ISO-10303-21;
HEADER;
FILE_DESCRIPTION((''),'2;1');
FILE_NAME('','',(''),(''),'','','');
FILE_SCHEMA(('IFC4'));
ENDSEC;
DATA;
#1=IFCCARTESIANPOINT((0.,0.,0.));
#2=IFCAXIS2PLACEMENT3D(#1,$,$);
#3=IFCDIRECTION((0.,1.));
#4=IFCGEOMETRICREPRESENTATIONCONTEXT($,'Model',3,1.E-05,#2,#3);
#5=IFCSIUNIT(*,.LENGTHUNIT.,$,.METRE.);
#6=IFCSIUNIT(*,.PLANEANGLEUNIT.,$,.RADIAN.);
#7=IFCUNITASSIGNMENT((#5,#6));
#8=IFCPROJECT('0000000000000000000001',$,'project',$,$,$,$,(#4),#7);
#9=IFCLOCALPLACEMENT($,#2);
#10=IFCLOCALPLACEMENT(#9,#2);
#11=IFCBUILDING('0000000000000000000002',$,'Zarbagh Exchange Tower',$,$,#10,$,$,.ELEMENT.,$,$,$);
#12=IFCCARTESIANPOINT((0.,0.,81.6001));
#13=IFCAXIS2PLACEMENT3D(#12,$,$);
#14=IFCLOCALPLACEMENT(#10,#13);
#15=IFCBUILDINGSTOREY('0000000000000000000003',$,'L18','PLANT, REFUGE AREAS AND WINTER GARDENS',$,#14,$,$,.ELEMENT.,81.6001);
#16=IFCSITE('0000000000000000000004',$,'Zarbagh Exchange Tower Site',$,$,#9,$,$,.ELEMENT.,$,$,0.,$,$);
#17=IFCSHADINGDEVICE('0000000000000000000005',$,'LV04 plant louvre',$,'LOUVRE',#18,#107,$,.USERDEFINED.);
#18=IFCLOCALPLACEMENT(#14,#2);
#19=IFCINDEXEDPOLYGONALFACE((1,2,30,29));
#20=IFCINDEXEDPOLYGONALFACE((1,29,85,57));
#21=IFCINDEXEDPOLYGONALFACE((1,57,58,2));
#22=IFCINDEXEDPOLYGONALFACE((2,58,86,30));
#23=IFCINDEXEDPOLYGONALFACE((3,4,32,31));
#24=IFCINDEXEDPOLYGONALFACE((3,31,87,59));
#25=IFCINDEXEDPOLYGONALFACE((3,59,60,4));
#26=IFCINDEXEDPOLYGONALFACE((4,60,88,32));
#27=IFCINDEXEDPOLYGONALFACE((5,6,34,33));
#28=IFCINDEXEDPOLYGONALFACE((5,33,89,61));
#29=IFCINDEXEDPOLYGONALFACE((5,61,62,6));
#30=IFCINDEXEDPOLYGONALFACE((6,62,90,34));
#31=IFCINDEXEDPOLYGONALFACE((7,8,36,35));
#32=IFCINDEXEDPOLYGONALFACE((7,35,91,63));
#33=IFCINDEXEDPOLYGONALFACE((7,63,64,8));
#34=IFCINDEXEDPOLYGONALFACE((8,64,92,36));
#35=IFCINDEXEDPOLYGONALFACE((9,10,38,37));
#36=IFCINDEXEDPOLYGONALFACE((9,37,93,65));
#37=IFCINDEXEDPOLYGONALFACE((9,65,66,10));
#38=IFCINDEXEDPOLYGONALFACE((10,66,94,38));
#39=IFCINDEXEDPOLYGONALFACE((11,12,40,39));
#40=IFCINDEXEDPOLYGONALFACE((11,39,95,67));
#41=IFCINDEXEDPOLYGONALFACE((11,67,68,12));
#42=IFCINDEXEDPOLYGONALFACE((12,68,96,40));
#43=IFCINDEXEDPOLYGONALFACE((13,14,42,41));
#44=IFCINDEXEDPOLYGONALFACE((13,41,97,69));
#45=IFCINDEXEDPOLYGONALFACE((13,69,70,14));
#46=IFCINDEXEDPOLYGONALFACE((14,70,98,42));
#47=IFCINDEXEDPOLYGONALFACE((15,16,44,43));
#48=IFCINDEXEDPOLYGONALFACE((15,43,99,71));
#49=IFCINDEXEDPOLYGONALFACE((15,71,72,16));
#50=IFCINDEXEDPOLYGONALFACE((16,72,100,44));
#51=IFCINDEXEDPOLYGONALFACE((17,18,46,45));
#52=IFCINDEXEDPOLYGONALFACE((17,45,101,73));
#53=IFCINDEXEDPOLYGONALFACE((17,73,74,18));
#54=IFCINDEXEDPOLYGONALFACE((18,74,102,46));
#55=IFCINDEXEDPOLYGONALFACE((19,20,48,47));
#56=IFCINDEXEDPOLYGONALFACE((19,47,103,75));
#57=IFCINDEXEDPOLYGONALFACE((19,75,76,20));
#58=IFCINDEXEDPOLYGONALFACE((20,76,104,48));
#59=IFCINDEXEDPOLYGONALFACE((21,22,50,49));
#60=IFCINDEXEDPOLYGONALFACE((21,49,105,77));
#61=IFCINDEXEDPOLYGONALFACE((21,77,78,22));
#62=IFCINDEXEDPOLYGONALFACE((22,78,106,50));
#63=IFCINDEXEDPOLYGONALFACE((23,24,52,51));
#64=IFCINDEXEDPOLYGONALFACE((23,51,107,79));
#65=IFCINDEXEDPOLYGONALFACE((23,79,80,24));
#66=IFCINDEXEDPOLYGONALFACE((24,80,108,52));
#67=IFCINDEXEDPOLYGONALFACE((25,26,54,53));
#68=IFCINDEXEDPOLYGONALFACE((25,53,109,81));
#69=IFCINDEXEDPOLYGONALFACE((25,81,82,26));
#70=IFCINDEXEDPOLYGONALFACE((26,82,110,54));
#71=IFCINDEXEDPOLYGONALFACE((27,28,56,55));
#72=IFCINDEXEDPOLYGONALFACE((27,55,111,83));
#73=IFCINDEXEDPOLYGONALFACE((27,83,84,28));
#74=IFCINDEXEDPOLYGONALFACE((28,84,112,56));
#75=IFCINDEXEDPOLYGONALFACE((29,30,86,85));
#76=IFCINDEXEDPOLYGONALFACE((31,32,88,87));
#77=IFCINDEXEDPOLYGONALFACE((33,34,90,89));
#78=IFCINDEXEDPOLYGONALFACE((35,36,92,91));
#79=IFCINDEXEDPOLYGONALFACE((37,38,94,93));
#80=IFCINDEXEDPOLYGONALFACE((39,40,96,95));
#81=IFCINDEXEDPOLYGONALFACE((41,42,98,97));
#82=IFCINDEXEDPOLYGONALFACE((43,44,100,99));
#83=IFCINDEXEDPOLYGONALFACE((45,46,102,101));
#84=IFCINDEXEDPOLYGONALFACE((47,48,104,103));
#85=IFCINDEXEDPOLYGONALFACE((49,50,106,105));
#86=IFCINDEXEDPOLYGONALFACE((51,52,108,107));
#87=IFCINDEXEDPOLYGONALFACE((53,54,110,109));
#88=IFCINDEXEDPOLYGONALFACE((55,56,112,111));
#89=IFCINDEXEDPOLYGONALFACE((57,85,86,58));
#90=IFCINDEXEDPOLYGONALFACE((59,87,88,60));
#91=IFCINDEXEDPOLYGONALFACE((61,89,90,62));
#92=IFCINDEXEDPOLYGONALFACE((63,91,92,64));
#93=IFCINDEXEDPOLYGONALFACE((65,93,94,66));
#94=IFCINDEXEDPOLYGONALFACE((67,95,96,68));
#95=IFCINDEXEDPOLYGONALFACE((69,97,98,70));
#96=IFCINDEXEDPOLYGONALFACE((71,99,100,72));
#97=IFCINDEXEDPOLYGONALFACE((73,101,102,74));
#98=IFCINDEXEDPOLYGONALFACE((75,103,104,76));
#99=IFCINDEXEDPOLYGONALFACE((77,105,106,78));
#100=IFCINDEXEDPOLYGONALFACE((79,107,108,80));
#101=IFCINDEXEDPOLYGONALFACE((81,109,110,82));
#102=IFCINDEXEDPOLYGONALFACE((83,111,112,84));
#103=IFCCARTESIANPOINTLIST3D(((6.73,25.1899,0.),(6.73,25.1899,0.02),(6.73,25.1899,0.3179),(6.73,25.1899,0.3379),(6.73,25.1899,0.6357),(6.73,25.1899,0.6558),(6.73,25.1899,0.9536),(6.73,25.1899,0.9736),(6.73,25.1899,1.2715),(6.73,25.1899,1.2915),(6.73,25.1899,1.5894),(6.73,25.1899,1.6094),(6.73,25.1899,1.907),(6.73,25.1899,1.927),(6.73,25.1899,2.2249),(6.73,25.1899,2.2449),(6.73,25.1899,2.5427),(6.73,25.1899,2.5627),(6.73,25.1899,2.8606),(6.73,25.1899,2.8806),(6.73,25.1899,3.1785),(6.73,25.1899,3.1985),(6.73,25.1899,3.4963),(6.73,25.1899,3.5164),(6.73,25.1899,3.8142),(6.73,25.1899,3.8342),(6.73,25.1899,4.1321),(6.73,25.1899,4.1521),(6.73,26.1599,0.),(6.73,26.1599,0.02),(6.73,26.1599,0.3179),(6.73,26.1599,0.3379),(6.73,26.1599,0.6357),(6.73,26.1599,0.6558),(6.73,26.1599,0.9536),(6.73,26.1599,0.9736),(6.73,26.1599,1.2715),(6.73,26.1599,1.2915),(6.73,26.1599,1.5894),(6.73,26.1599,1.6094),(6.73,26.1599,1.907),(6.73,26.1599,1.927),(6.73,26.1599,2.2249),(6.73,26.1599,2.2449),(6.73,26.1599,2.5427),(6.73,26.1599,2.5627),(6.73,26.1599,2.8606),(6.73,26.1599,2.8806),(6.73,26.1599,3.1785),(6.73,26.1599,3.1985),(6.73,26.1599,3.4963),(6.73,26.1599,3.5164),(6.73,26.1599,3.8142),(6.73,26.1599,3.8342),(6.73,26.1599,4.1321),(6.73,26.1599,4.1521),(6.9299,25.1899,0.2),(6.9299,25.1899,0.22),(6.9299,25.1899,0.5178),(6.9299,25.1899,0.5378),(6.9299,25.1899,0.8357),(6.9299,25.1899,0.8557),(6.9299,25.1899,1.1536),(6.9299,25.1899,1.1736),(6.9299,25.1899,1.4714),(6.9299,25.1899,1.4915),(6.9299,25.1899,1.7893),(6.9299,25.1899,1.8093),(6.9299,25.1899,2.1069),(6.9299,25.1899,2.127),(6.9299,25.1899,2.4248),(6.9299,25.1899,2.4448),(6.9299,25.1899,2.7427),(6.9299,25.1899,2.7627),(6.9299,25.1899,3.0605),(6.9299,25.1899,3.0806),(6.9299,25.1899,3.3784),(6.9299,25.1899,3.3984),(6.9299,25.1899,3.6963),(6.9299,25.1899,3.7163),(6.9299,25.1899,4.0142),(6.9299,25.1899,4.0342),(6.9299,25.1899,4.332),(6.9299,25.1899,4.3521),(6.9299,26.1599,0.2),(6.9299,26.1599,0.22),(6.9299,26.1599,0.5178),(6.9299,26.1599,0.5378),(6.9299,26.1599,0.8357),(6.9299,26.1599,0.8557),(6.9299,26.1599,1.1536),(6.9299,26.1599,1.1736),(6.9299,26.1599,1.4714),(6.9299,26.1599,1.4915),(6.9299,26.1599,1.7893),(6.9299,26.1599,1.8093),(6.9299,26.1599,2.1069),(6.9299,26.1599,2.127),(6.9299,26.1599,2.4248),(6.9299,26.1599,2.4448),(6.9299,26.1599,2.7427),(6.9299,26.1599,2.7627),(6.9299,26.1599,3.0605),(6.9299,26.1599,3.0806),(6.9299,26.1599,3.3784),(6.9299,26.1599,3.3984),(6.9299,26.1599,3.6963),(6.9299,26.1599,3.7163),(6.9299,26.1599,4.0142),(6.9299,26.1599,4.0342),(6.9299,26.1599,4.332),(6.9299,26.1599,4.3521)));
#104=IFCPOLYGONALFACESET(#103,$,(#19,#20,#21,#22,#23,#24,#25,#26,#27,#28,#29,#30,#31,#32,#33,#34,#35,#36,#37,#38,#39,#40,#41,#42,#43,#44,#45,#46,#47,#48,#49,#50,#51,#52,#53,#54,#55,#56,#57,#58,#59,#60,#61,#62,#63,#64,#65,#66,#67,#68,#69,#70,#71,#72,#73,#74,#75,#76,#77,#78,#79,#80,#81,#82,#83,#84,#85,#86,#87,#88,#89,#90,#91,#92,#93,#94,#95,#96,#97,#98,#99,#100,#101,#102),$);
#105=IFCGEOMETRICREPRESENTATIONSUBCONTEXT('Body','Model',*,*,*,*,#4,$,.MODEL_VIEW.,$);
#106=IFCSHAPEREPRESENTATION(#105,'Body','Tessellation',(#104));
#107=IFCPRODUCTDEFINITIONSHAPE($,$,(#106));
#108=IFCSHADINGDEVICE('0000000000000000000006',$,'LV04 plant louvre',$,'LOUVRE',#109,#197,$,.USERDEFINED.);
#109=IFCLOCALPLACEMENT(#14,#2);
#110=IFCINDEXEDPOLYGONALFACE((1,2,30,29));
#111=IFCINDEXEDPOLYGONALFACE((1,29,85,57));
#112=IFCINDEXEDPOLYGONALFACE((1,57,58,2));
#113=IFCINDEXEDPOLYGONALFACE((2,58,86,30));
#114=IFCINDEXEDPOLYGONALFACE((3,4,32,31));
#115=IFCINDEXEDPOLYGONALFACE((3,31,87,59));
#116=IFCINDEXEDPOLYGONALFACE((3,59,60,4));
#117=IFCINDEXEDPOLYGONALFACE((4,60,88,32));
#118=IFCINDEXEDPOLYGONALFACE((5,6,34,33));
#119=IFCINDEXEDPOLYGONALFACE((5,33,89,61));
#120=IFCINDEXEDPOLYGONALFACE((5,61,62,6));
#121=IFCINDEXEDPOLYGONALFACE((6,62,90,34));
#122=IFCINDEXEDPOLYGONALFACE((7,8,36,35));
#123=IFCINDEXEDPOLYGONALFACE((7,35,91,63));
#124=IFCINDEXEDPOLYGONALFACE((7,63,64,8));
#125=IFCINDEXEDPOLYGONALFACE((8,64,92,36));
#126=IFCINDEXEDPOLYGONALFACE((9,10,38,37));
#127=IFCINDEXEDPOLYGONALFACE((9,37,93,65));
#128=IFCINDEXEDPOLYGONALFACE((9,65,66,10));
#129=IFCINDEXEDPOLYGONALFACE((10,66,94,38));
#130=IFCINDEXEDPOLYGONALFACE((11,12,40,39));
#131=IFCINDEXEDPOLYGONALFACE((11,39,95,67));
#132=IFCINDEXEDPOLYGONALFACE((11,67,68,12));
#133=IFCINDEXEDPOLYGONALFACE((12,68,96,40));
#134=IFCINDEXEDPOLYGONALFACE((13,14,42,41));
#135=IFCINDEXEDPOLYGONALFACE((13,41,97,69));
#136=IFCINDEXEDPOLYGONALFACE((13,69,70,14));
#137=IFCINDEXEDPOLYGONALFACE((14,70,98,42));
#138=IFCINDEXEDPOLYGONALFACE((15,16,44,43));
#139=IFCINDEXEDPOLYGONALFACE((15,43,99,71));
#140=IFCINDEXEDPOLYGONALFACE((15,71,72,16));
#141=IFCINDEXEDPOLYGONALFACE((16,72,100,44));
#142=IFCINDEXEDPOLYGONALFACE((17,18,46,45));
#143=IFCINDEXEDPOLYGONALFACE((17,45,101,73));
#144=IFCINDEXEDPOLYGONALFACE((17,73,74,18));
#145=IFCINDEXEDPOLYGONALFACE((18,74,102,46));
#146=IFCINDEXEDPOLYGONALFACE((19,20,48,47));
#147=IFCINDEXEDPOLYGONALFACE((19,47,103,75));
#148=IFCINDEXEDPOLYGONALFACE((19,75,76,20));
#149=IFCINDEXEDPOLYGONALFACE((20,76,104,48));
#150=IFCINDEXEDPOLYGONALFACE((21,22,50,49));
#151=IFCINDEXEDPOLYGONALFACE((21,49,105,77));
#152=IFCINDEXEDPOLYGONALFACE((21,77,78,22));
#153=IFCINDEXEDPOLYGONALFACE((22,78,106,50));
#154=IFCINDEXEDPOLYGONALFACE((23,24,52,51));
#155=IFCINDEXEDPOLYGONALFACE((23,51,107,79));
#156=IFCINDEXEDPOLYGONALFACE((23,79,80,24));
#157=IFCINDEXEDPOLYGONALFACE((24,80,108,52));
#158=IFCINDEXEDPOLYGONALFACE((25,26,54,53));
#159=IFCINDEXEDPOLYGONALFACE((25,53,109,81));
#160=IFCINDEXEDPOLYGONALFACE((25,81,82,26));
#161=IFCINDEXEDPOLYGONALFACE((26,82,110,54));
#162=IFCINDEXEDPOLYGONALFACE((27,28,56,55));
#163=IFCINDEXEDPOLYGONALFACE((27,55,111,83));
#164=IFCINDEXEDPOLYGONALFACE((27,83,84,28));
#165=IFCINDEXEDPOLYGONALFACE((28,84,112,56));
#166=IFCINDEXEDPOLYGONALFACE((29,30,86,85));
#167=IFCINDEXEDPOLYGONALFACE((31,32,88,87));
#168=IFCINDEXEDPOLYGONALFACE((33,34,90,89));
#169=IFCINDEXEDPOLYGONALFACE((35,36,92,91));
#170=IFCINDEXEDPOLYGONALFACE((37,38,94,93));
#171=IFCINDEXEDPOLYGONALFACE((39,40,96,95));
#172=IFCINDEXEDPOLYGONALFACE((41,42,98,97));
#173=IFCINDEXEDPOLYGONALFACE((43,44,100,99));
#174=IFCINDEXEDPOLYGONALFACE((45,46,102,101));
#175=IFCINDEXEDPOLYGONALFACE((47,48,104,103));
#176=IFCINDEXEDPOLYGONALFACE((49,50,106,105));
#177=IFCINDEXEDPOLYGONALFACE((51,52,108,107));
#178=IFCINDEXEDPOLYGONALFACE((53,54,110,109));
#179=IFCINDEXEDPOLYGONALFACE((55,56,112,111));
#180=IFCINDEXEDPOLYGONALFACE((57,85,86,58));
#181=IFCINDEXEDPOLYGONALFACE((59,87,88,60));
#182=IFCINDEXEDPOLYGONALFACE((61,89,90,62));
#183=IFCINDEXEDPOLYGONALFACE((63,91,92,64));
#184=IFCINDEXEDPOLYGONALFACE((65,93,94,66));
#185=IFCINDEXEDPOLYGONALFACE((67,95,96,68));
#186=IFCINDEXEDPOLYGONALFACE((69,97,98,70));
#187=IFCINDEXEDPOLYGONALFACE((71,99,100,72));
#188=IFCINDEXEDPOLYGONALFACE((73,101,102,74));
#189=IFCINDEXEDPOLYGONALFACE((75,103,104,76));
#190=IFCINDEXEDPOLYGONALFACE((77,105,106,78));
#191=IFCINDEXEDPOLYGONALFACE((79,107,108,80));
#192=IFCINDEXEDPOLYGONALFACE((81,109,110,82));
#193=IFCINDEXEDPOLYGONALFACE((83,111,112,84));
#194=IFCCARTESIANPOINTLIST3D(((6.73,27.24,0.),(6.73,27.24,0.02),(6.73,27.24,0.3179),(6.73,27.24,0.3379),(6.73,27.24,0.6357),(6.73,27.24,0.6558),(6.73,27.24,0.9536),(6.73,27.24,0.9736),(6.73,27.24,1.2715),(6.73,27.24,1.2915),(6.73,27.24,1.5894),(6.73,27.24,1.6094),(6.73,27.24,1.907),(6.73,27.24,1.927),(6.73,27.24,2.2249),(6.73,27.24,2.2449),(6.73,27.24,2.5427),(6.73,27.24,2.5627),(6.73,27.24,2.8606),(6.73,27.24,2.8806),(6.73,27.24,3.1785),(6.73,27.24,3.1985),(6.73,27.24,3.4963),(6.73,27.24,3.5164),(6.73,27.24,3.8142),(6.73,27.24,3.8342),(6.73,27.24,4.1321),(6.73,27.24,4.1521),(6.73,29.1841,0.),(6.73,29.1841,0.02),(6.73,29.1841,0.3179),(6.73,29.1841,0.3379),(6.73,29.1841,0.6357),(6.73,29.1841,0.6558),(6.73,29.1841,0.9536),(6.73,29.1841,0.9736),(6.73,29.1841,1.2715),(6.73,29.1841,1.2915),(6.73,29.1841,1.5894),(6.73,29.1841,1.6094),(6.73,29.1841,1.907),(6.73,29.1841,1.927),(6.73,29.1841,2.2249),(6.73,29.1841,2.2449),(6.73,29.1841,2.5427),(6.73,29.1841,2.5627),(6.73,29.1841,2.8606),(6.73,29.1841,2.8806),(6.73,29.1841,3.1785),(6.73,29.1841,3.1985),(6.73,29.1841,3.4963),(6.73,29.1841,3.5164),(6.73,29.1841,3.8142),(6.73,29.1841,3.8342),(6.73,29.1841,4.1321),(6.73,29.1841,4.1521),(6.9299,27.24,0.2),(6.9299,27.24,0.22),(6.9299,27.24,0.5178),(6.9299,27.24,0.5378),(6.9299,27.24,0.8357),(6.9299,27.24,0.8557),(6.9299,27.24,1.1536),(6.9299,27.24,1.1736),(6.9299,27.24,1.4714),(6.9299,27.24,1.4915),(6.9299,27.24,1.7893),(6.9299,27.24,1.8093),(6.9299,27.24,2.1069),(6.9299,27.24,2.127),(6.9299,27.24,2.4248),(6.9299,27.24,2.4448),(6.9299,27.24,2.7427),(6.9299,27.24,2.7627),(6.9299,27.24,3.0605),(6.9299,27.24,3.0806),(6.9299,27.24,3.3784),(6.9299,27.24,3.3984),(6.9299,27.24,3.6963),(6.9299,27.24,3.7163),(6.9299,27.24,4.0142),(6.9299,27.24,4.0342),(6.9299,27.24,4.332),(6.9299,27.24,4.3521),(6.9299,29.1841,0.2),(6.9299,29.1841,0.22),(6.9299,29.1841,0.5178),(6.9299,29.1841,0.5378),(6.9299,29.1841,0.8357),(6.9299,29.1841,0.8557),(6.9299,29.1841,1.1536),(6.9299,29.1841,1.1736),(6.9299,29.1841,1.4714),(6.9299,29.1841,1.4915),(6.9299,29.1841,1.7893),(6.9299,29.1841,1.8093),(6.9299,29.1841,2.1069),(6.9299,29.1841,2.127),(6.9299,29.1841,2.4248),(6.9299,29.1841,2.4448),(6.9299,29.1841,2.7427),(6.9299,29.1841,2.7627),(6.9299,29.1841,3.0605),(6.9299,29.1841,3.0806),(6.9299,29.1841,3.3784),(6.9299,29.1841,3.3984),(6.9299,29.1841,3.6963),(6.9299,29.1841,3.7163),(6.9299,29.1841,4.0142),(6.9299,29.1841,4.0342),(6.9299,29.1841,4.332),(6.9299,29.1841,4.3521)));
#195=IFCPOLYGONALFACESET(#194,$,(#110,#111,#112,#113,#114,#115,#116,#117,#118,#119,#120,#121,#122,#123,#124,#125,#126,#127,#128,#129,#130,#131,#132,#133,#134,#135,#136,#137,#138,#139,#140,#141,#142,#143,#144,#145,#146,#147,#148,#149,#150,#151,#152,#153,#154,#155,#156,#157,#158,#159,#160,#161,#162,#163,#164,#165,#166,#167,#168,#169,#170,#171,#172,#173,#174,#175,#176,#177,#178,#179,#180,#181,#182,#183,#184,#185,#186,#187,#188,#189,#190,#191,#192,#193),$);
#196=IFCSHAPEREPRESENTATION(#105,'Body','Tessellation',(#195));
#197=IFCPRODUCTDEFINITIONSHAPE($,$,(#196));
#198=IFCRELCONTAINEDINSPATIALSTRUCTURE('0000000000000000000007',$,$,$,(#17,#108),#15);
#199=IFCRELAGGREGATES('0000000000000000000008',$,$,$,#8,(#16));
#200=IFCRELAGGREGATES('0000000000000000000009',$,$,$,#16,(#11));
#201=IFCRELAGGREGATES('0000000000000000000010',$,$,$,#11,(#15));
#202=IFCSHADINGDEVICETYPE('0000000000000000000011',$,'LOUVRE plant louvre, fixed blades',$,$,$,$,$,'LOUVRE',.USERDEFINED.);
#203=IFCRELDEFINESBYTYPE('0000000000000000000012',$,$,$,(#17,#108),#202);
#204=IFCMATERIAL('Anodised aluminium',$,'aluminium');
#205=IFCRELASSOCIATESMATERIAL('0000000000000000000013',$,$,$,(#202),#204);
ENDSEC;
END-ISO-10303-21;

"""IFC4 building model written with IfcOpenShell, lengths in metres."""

from ifc_helpers import new_model, si_unit, direction, frame, origin, place, context, subcontext, project, spatial, polyline, outline, extrude, source, transform, mapped, material, type_object, element, save


model = new_model("IFC4")

# Units and contexts
model_context = context("Model", 3, precision=1e-05, world=origin(), true_north=direction((0.0, 1.0)))
body_context = subcontext(model_context, "Body", "Model", "MODEL_VIEW")
ifc_project = project(units=[si_unit("LENGTHUNIT", "METRE"), si_unit("PLANEANGLEUNIT", "RADIAN")], contexts=[model_context])

# Site, building, storey
site_placement = place(None, origin())
site = spatial("IfcSite", under=ifc_project, at=site_placement, Name="Zarbagh Exchange Tower Site", CompositionType="ELEMENT", RefElevation=0.0)
building_placement = place(site_placement, origin())
building = spatial("IfcBuilding", under=site, at=building_placement, Name="Zarbagh Exchange Tower", CompositionType="ELEMENT")
storey_placement = place(building_placement, frame((0.0, 0.0, 81.6001)))
storey = spatial("IfcBuildingStorey", under=building, at=storey_placement, Name="L18", Description="PLANT, REFUGE AREAS AND WINTER GARDENS", CompositionType="ELEMENT", Elevation=81.6001)

# Shared definitions
placement = place(storey_placement, origin())

# Shading devices
ifc_material_1 = material(Name="Anodised aluminium", Category="aluminium")
shading_device_type = type_object("IfcShadingDeviceType", Name="LOUVRE plant louvre, fixed blades", ElementType="LOUVRE", PredefinedType="USERDEFINED", material=ifc_material_1)
shared_shape_1 = source(origin(), body_context, "Body", "SweptSolid", [
    extrude(outline(polyline([(0.0, 0.2), (0.2, 0.0), (0.2, -0.02), (0.0, 0.1799), (0.0, 0.2)])), origin(), (0.0, 0.0, 1.0), 0.97),
])
element("IfcShadingDevice", 1, at=placement, inside=storey, type_object=shading_device_type, Name="LV04 plant louvre", ObjectType="LOUVRE", PredefinedType="USERDEFINED", context=body_context, shape_type="MappedRepresentation", body=[
    mapped(shared_shape_1, transform((6.73, 25.1899, 0.2), x_axis=(1.0, 0.0, 0.0), y_axis=(0.0, 0.0, -1.0), z_axis=(0.0, 1.0, 0.0))),
    mapped(shared_shape_1, transform((6.73, 25.1899, 0.5178), x_axis=(1.0, 0.0, 0.0), y_axis=(0.0, 0.0, -1.0), z_axis=(0.0, 1.0, 0.0))),
    mapped(shared_shape_1, transform((6.73, 25.1899, 0.8357), x_axis=(1.0, 0.0, 0.0), y_axis=(0.0, 0.0, -1.0), z_axis=(0.0, 1.0, 0.0))),
    mapped(shared_shape_1, transform((6.73, 25.1899, 1.1536), x_axis=(1.0, 0.0, 0.0), y_axis=(0.0, 0.0, -1.0), z_axis=(0.0, 1.0, 0.0))),
    mapped(shared_shape_1, transform((6.73, 25.1899, 1.4714), x_axis=(1.0, 0.0, 0.0), y_axis=(0.0, 0.0, -1.0), z_axis=(0.0, 1.0, 0.0))),
    mapped(shared_shape_1, transform((6.73, 25.1899, 1.7893), x_axis=(1.0, 0.0, 0.0), y_axis=(0.0, 0.0, -1.0), z_axis=(0.0, 1.0, 0.0))),
    mapped(shared_shape_1, transform((6.73, 25.1899, 2.1069), x_axis=(1.0, 0.0, 0.0), y_axis=(0.0, 0.0, -1.0), z_axis=(0.0, 1.0, 0.0))),
    mapped(shared_shape_1, transform((6.73, 25.1899, 2.4248), x_axis=(1.0, 0.0, 0.0), y_axis=(0.0, 0.0, -1.0), z_axis=(0.0, 1.0, 0.0))),
    mapped(shared_shape_1, transform((6.73, 25.1899, 2.7427), x_axis=(1.0, 0.0, 0.0), y_axis=(0.0, 0.0, -1.0), z_axis=(0.0, 1.0, 0.0))),
    mapped(shared_shape_1, transform((6.73, 25.1899, 3.0605), x_axis=(1.0, 0.0, 0.0), y_axis=(0.0, 0.0, -1.0), z_axis=(0.0, 1.0, 0.0))),
    mapped(shared_shape_1, transform((6.73, 25.1899, 3.3784), x_axis=(1.0, 0.0, 0.0), y_axis=(0.0, 0.0, -1.0), z_axis=(0.0, 1.0, 0.0))),
    mapped(shared_shape_1, transform((6.73, 25.1899, 3.6963), x_axis=(1.0, 0.0, 0.0), y_axis=(0.0, 0.0, -1.0), z_axis=(0.0, 1.0, 0.0))),
    mapped(shared_shape_1, transform((6.73, 25.1899, 4.0142), x_axis=(1.0, 0.0, 0.0), y_axis=(0.0, 0.0, -1.0), z_axis=(0.0, 1.0, 0.0))),
    mapped(shared_shape_1, transform((6.73, 25.1899, 4.332), x_axis=(1.0, 0.0, 0.0), y_axis=(0.0, 0.0, -1.0), z_axis=(0.0, 1.0, 0.0))),
])
shared_shape_2 = source(origin(), body_context, "Body", "SweptSolid", [
    extrude(outline(polyline([(0.0, 0.2), (0.2, 0.0), (0.2, -0.02), (0.0, 0.1799), (0.0, 0.2)])), origin(), (0.0, 0.0, 1.0), 1.9441),
])
element("IfcShadingDevice", 2, at=placement, inside=storey, type_object=shading_device_type, Name="LV04 plant louvre", ObjectType="LOUVRE", PredefinedType="USERDEFINED", context=body_context, shape_type="MappedRepresentation", body=[
    mapped(shared_shape_2, transform((6.73, 27.24, 0.2), x_axis=(1.0, 0.0, 0.0), y_axis=(0.0, 0.0, -1.0), z_axis=(0.0, 1.0, 0.0))),
    mapped(shared_shape_2, transform((6.73, 27.24, 0.5178), x_axis=(1.0, 0.0, 0.0), y_axis=(0.0, 0.0, -1.0), z_axis=(0.0, 1.0, 0.0))),
    mapped(shared_shape_2, transform((6.73, 27.24, 0.8357), x_axis=(1.0, 0.0, 0.0), y_axis=(0.0, 0.0, -1.0), z_axis=(0.0, 1.0, 0.0))),
    mapped(shared_shape_2, transform((6.73, 27.24, 1.1536), x_axis=(1.0, 0.0, 0.0), y_axis=(0.0, 0.0, -1.0), z_axis=(0.0, 1.0, 0.0))),
    mapped(shared_shape_2, transform((6.73, 27.24, 1.4714), x_axis=(1.0, 0.0, 0.0), y_axis=(0.0, 0.0, -1.0), z_axis=(0.0, 1.0, 0.0))),
    mapped(shared_shape_2, transform((6.73, 27.24, 1.7893), x_axis=(1.0, 0.0, 0.0), y_axis=(0.0, 0.0, -1.0), z_axis=(0.0, 1.0, 0.0))),
    mapped(shared_shape_2, transform((6.73, 27.24, 2.1069), x_axis=(1.0, 0.0, 0.0), y_axis=(0.0, 0.0, -1.0), z_axis=(0.0, 1.0, 0.0))),
    mapped(shared_shape_2, transform((6.73, 27.24, 2.4248), x_axis=(1.0, 0.0, 0.0), y_axis=(0.0, 0.0, -1.0), z_axis=(0.0, 1.0, 0.0))),
    mapped(shared_shape_2, transform((6.73, 27.24, 2.7427), x_axis=(1.0, 0.0, 0.0), y_axis=(0.0, 0.0, -1.0), z_axis=(0.0, 1.0, 0.0))),
    mapped(shared_shape_2, transform((6.73, 27.24, 3.0605), x_axis=(1.0, 0.0, 0.0), y_axis=(0.0, 0.0, -1.0), z_axis=(0.0, 1.0, 0.0))),
    mapped(shared_shape_2, transform((6.73, 27.24, 3.3784), x_axis=(1.0, 0.0, 0.0), y_axis=(0.0, 0.0, -1.0), z_axis=(0.0, 1.0, 0.0))),
    mapped(shared_shape_2, transform((6.73, 27.24, 3.6963), x_axis=(1.0, 0.0, 0.0), y_axis=(0.0, 0.0, -1.0), z_axis=(0.0, 1.0, 0.0))),
    mapped(shared_shape_2, transform((6.73, 27.24, 4.0142), x_axis=(1.0, 0.0, 0.0), y_axis=(0.0, 0.0, -1.0), z_axis=(0.0, 1.0, 0.0))),
    mapped(shared_shape_2, transform((6.73, 27.24, 4.332), x_axis=(1.0, 0.0, 0.0), y_axis=(0.0, 0.0, -1.0), z_axis=(0.0, 1.0, 0.0))),
])

save(model, "model.ifc")
